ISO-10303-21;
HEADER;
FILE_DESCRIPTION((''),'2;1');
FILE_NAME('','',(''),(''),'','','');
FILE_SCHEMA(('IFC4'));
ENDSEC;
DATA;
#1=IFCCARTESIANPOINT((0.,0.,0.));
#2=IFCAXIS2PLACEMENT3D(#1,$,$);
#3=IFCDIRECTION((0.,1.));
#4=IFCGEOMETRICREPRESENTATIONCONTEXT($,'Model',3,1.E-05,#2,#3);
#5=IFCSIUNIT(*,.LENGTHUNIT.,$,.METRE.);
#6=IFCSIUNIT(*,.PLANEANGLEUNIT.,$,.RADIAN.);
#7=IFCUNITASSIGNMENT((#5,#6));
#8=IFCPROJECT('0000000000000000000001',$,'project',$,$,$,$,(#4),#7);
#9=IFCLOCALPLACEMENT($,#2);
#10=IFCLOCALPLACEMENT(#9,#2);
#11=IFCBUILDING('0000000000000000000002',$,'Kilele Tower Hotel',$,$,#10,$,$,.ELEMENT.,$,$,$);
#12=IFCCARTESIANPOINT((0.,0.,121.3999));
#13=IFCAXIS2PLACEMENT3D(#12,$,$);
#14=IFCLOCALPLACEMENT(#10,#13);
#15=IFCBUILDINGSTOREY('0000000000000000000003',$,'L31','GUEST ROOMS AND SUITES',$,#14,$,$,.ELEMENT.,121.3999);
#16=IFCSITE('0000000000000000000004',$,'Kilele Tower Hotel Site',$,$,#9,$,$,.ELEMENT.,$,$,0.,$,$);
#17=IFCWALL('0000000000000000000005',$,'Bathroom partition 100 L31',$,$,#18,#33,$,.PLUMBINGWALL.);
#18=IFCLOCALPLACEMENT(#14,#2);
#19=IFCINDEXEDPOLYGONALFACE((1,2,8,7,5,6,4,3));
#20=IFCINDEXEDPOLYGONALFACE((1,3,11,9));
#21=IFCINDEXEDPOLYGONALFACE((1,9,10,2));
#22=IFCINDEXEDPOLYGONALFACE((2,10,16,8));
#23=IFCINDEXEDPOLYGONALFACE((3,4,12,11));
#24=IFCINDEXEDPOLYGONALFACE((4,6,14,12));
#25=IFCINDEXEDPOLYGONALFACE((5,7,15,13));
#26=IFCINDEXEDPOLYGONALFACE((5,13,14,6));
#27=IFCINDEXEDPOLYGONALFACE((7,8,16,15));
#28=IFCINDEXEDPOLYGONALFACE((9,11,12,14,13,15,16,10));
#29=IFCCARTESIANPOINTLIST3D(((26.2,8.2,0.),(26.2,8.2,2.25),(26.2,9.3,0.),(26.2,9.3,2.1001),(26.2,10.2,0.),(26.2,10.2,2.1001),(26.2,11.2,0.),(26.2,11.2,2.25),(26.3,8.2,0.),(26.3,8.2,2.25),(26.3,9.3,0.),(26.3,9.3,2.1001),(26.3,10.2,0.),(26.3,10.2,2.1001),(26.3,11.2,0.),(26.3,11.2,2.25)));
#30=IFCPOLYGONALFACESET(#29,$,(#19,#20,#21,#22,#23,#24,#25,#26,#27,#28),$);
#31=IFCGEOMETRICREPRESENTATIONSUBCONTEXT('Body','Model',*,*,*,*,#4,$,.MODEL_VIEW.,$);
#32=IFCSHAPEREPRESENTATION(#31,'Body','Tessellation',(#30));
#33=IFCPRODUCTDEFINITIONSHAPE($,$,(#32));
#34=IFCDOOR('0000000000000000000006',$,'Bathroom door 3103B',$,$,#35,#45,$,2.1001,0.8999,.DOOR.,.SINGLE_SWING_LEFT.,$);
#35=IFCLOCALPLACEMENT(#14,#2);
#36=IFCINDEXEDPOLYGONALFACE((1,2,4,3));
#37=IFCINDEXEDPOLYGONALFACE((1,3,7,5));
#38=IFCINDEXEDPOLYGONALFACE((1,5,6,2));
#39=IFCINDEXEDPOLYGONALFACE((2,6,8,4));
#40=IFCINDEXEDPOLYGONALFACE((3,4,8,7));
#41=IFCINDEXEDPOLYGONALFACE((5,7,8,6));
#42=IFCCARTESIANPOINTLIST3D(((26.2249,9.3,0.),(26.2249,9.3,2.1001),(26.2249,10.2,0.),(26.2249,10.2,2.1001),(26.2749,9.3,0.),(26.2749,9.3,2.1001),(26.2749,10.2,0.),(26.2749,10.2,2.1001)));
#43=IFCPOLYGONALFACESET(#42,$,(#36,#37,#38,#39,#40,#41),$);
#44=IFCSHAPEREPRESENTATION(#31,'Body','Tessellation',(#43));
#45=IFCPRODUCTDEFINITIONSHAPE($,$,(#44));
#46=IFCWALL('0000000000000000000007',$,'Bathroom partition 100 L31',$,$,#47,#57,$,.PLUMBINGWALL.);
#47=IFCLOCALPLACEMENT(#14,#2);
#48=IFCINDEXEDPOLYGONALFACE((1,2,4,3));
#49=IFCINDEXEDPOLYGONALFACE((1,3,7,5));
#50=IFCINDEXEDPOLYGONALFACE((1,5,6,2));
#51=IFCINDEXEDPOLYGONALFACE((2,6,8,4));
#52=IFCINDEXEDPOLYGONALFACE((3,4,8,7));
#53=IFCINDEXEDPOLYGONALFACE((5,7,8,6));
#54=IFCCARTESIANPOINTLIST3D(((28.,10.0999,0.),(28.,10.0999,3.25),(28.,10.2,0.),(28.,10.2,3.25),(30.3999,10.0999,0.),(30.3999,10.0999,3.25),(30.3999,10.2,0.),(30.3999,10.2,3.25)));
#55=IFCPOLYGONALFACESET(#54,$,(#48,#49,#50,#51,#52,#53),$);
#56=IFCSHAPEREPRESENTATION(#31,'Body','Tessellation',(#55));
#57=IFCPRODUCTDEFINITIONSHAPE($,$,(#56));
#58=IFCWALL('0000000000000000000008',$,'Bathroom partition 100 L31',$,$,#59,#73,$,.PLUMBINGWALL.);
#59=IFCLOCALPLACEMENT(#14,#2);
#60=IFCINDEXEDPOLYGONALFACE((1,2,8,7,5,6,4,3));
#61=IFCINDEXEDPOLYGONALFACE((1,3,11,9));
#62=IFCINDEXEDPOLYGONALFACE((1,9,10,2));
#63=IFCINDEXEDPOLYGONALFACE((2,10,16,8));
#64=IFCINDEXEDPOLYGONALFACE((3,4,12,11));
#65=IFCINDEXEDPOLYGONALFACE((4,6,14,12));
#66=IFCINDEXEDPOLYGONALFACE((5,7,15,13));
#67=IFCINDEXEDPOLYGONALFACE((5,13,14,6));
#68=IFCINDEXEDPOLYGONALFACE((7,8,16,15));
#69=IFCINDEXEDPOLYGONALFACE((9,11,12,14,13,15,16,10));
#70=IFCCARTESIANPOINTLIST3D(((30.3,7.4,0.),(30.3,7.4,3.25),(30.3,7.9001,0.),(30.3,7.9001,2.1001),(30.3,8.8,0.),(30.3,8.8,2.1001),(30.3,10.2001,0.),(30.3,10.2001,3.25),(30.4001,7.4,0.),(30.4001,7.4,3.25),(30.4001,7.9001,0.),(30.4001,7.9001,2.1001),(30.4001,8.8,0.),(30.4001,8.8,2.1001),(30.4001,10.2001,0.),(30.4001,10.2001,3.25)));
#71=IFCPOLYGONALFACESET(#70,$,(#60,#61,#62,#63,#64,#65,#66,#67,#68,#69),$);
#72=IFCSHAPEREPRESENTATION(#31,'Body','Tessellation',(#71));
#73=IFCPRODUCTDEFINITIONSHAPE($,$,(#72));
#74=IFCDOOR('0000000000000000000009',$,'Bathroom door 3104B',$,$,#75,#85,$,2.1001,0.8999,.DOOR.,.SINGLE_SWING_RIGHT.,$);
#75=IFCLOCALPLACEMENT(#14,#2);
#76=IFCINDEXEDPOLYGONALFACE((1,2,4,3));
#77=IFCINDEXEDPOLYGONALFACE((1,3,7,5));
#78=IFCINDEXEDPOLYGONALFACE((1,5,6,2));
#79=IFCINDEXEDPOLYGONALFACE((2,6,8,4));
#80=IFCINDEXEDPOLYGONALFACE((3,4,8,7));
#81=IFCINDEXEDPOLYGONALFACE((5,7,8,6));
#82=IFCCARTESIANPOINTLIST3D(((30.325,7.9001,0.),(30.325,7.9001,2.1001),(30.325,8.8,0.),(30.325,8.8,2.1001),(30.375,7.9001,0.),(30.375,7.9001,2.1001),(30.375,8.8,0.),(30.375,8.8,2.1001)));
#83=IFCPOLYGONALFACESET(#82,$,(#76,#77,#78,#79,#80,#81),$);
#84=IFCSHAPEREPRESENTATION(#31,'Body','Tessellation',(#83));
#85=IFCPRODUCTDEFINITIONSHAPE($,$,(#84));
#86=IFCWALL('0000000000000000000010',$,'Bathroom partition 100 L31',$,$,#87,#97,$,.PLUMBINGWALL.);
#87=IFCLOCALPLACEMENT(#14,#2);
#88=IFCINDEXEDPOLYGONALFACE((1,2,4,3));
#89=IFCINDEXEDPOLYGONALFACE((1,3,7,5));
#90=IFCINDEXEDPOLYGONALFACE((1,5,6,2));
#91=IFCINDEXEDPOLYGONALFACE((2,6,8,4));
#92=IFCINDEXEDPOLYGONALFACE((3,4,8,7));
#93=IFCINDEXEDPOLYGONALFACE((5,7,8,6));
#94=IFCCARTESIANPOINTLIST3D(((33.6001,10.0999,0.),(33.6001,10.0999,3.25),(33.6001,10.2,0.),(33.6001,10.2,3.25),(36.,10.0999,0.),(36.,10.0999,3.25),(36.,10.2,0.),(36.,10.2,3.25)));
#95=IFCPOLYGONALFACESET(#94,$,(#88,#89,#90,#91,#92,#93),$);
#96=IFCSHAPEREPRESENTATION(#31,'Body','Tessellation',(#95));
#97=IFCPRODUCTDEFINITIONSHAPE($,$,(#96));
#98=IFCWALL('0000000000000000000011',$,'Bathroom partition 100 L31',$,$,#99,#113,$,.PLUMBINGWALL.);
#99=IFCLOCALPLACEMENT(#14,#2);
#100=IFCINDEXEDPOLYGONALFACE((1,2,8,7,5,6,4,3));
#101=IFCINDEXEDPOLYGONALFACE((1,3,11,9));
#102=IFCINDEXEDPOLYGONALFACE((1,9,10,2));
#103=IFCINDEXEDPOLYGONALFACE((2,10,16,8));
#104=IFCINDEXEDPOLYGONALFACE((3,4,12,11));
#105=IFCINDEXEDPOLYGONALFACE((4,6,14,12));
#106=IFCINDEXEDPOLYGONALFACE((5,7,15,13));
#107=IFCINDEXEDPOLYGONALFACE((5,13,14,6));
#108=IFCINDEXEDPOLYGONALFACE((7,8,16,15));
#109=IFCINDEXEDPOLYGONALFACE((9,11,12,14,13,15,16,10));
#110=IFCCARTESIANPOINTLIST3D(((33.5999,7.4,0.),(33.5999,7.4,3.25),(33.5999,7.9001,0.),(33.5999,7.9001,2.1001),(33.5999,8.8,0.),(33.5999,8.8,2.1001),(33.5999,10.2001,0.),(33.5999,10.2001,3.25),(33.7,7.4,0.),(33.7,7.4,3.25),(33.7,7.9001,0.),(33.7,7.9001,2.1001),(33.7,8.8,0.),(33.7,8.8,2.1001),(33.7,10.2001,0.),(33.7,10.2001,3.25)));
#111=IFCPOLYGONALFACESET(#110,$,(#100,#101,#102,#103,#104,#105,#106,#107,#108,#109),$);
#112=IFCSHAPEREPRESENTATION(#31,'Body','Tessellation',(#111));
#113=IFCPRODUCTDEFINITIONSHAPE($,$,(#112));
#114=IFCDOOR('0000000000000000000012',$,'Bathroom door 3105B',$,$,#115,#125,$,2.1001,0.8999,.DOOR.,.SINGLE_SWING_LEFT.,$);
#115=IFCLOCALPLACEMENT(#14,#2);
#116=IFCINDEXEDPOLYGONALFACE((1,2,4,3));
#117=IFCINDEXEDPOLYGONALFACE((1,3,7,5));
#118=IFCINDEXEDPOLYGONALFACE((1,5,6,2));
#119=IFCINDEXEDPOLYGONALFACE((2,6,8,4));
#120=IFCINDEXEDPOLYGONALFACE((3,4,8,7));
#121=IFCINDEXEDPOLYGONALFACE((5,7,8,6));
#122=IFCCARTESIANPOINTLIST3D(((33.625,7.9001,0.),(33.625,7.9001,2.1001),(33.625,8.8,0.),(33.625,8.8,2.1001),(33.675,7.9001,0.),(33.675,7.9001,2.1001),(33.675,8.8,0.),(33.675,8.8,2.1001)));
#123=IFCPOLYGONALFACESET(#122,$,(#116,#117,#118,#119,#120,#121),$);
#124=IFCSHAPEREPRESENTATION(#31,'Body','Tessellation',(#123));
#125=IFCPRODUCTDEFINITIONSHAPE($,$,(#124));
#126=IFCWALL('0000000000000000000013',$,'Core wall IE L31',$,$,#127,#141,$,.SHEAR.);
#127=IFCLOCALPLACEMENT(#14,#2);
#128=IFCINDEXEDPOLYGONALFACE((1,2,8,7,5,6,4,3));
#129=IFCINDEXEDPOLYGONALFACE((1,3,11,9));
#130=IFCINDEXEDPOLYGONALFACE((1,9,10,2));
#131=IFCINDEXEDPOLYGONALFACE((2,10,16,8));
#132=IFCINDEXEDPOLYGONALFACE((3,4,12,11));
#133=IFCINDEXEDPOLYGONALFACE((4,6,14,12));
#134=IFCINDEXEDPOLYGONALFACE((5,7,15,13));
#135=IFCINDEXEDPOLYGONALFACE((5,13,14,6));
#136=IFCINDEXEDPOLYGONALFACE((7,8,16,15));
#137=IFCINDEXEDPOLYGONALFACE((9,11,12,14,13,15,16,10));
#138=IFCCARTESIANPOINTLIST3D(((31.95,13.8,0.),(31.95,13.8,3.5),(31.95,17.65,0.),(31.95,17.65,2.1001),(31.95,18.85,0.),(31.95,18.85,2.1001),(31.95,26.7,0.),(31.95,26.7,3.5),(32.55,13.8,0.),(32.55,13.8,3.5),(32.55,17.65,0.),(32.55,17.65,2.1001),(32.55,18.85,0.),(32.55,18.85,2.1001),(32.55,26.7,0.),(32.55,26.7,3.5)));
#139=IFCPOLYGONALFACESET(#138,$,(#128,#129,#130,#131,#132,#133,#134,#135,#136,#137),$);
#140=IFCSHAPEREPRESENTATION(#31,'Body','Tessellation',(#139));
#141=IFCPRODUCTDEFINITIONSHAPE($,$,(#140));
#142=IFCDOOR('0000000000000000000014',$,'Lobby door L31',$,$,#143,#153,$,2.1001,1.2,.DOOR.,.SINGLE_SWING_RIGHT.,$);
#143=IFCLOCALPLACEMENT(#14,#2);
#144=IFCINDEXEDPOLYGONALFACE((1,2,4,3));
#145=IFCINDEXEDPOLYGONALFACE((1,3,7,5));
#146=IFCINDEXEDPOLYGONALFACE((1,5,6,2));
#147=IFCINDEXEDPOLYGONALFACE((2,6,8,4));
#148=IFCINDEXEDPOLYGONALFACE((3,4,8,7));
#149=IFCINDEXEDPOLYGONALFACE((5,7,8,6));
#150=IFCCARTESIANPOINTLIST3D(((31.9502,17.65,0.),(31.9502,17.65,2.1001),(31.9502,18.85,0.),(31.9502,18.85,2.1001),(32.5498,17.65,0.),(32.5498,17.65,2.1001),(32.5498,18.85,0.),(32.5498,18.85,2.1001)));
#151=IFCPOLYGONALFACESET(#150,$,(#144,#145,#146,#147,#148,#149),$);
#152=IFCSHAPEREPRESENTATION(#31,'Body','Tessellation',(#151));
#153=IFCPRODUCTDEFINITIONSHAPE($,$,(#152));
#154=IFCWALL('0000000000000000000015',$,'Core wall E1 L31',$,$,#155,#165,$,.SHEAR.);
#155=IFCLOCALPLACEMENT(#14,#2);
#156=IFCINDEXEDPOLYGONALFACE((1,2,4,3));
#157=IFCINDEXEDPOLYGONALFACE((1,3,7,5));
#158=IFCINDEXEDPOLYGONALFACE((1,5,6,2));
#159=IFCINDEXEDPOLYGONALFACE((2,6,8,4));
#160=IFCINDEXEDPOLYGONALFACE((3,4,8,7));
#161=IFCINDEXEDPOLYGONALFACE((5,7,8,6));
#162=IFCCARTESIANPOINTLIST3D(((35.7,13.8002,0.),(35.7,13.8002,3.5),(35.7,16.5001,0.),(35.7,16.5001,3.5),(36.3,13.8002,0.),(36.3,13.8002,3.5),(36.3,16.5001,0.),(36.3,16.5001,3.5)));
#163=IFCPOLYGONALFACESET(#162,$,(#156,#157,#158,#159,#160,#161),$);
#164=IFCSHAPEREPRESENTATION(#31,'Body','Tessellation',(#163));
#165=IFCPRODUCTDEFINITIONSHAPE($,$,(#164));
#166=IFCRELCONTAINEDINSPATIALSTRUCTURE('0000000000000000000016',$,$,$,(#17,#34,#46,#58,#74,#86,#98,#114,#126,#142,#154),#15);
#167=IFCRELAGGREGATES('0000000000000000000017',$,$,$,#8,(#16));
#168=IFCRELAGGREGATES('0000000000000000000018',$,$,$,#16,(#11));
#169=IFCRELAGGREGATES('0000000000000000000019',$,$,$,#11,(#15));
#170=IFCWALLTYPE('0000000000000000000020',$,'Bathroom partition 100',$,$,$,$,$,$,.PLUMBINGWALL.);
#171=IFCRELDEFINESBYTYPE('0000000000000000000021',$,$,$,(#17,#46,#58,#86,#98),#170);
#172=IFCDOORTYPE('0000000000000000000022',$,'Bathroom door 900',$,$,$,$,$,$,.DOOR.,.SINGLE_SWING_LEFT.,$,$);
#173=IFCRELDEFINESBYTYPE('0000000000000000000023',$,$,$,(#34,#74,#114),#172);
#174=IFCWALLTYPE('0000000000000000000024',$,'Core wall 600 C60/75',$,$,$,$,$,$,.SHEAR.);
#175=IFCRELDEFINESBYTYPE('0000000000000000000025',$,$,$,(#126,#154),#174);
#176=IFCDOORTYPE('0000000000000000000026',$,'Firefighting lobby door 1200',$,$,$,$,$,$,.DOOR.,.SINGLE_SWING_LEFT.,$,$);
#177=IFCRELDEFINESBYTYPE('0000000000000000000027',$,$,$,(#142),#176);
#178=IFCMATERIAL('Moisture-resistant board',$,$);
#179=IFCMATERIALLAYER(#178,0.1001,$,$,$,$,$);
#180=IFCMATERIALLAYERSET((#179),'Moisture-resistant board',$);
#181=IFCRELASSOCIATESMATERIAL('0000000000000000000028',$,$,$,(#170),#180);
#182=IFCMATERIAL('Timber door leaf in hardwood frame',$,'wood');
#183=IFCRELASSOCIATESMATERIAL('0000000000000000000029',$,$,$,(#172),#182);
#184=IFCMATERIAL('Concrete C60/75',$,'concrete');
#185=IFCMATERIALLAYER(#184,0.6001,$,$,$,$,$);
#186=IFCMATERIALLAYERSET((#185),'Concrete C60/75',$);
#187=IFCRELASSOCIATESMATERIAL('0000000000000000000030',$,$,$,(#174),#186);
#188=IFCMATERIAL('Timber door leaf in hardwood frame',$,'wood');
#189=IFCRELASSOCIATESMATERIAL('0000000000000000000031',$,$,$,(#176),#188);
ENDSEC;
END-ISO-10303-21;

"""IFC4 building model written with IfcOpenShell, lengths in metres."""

from ifc_helpers import new_model, si_unit, direction, frame, frame_2d, origin, place, context, subcontext, project, spatial, rectangle, extrude, material, layer, layer_set, type_object, element, fill, save


model = new_model("IFC4")

# Units and contexts
model_context = context("Model", 3, precision=1e-05, world=origin(), true_north=direction((0.0, 1.0)))
body_context = subcontext(model_context, "Body", "Model", "MODEL_VIEW")
ifc_project = project(units=[si_unit("LENGTHUNIT", "METRE"), si_unit("PLANEANGLEUNIT", "RADIAN")], contexts=[model_context])

# Site, building, storey
site_placement = place(None, origin())
site = spatial("IfcSite", under=ifc_project, at=site_placement, Name="Kilele Tower Hotel Site", CompositionType="ELEMENT", RefElevation=0.0)
building_placement = place(site_placement, origin())
building = spatial("IfcBuilding", under=site, at=building_placement, Name="Kilele Tower Hotel", CompositionType="ELEMENT")
storey_placement = place(building_placement, frame((0.0, 0.0, 121.3999)))
storey = spatial("IfcBuildingStorey", under=building, at=storey_placement, Name="L31", Description="GUEST ROOMS AND SUITES", CompositionType="ELEMENT", Elevation=121.3999)

# Wall, opening, door
ifc_material_1 = material(Name="Moisture-resistant board")
ifc_layer_1 = layer(ifc_material_1, 0.1001)
ifc_layer_set_1 = layer_set([ifc_layer_1], Name="Moisture-resistant board")
wall_type_1 = type_object("IfcWallType", Name="Bathroom partition 100", PredefinedType="PLUMBINGWALL", material=ifc_layer_set_1)
wall_1_placement = place(storey_placement, frame((26.25, 11.2, 0.0), z_axis=(0.0, 0.0, 1.0), x_axis=(0.0, -1.0, 0.0)))
wall_1 = element("IfcWall", 1, at=wall_1_placement, inside=storey, type_object=wall_type_1, Name="Bathroom partition 100 L31", PredefinedType="PLUMBINGWALL", context=body_context, shape_type="SweptSolid", body=[
    extrude(rectangle(XDim=3.0, YDim=0.1001, at=frame_2d((1.5, 0.0))), origin(), (0.0, 0.0, 1.0), 2.25),
])
opening_1_placement = place(wall_1_placement, frame((1.0, 0.0, 0.0)))
opening_1 = element("IfcOpeningElement", 2, at=opening_1_placement, cuts=wall_1, PredefinedType="OPENING", context=body_context, shape_type="SweptSolid", body=[
    extrude(rectangle(XDim=0.8999, YDim=2.1001, at=frame_2d((0.45, 1.05))), frame((0.0, 0.0601, 0.0), z_axis=(0.0, -1.0, 0.0), x_axis=(1.0, 0.0, 0.0)), (0.0, 0.0, 1.0), 0.1201),
])
ifc_material_2 = material(Name="Timber door leaf in hardwood frame", Category="wood")
door_type_1 = type_object("IfcDoorType", Name="Bathroom door 900", OperationType="SINGLE_SWING_LEFT", PredefinedType="DOOR", material=ifc_material_2)
door_1_placement = place(opening_1_placement, origin())
door_1 = element("IfcDoor", 3, at=door_1_placement, inside=storey, type_object=door_type_1, Name="Bathroom door 3103B", OperationType="SINGLE_SWING_LEFT", OverallHeight=2.1001, OverallWidth=0.8999, PredefinedType="DOOR", context=body_context, shape_type="SweptSolid", body=[
    extrude(rectangle(XDim=0.8999, YDim=2.1001, at=frame_2d((0.45, 1.05))), frame((0.0, 0.0249, 0.0), z_axis=(0.0, -1.0, 0.0), x_axis=(1.0, 0.0, 0.0)), (0.0, 0.0, 1.0), 0.05),
])
fill(opening_1, door_1)

# Wall
wall_2_placement = place(storey_placement, frame((28.0, 10.1499, 0.0), z_axis=(0.0, 0.0, 1.0), x_axis=(1.0, 0.0, 0.0)))
element("IfcWall", 4, at=wall_2_placement, inside=storey, type_object=wall_type_1, Name="Bathroom partition 100 L31", PredefinedType="PLUMBINGWALL", context=body_context, shape_type="SweptSolid", body=[
    extrude(rectangle(XDim=2.3999, YDim=0.1001, at=frame_2d((1.2, 0.0))), origin(), (0.0, 0.0, 1.0), 3.25),
])

# Wall, opening, door
wall_3_placement = place(storey_placement, frame((30.3501, 10.2, 0.0), z_axis=(0.0, 0.0, 1.0), x_axis=(0.0, -1.0, 0.0)))
wall_3 = element("IfcWall", 5, at=wall_3_placement, inside=storey, type_object=wall_type_1, Name="Bathroom partition 100 L31", PredefinedType="PLUMBINGWALL", context=body_context, shape_type="SweptSolid", body=[
    extrude(rectangle(XDim=2.8, YDim=0.1001, at=frame_2d((1.3999, 0.0))), origin(), (0.0, 0.0, 1.0), 3.25),
])
opening_2_placement = place(wall_3_placement, frame((1.3999, 0.0, 0.0)))
opening_2 = element("IfcOpeningElement", 6, at=opening_2_placement, cuts=wall_3, PredefinedType="OPENING", context=body_context, shape_type="SweptSolid", body=[
    extrude(rectangle(XDim=0.8999, YDim=2.1001, at=frame_2d((0.45, 1.05))), frame((0.0, 0.0601, 0.0), z_axis=(0.0, -1.0, 0.0), x_axis=(1.0, 0.0, 0.0)), (0.0, 0.0, 1.0), 0.1201),
])
door_2_placement = place(opening_2_placement, origin())
door_2 = element("IfcDoor", 7, at=door_2_placement, inside=storey, type_object=door_type_1, Name="Bathroom door 3104B", OperationType="SINGLE_SWING_RIGHT", OverallHeight=2.1001, OverallWidth=0.8999, PredefinedType="DOOR", context=body_context, shape_type="SweptSolid", body=[
    extrude(rectangle(XDim=0.8999, YDim=2.1001, at=frame_2d((0.45, 1.05))), frame((0.0, 0.0249, 0.0), z_axis=(0.0, -1.0, 0.0), x_axis=(1.0, 0.0, 0.0)), (0.0, 0.0, 1.0), 0.05),
])
fill(opening_2, door_2)

# Wall
wall_4_placement = place(storey_placement, frame((33.6001, 10.1499, 0.0), z_axis=(0.0, 0.0, 1.0), x_axis=(1.0, 0.0, 0.0)))
element("IfcWall", 8, at=wall_4_placement, inside=storey, type_object=wall_type_1, Name="Bathroom partition 100 L31", PredefinedType="PLUMBINGWALL", context=body_context, shape_type="SweptSolid", body=[
    extrude(rectangle(XDim=2.3999, YDim=0.1001, at=frame_2d((1.2, 0.0))), origin(), (0.0, 0.0, 1.0), 3.25),
])

# Walls, openings, doors
wall_5_placement = place(storey_placement, frame((33.6499, 10.2, 0.0), z_axis=(0.0, 0.0, 1.0), x_axis=(0.0, -1.0, 0.0)))
wall_5 = element("IfcWall", 9, at=wall_5_placement, inside=storey, type_object=wall_type_1, Name="Bathroom partition 100 L31", PredefinedType="PLUMBINGWALL", context=body_context, shape_type="SweptSolid", body=[
    extrude(rectangle(XDim=2.8, YDim=0.1001, at=frame_2d((1.3999, 0.0))), origin(), (0.0, 0.0, 1.0), 3.25),
])
opening_3_placement = place(wall_5_placement, frame((2.2998, 0.0, 0.0), z_axis=(0.0, 0.0, 1.0), x_axis=(-1.0, 0.0, 0.0)))
opening_3 = element("IfcOpeningElement", 10, at=opening_3_placement, cuts=wall_5, PredefinedType="OPENING", context=body_context, shape_type="SweptSolid", body=[
    extrude(rectangle(XDim=0.8999, YDim=2.1001, at=frame_2d((0.45, 1.05))), frame((0.0, 0.0601, 0.0), z_axis=(0.0, -1.0, 0.0), x_axis=(1.0, 0.0, 0.0)), (0.0, 0.0, 1.0), 0.1201),
])
door_3_placement = place(opening_3_placement, origin())
door_3 = element("IfcDoor", 11, at=door_3_placement, inside=storey, type_object=door_type_1, Name="Bathroom door 3105B", OperationType="SINGLE_SWING_LEFT", OverallHeight=2.1001, OverallWidth=0.8999, PredefinedType="DOOR", context=body_context, shape_type="SweptSolid", body=[
    extrude(rectangle(XDim=0.8999, YDim=2.1001, at=frame_2d((0.45, 1.05))), frame((0.0, 0.0249, 0.0), z_axis=(0.0, -1.0, 0.0), x_axis=(1.0, 0.0, 0.0)), (0.0, 0.0, 1.0), 0.05),
])
fill(opening_3, door_3)
ifc_material_3 = material(Name="Concrete C60/75", Category="concrete")
ifc_layer_2 = layer(ifc_material_3, 0.6001)
ifc_layer_set_2 = layer_set([ifc_layer_2], Name="Concrete C60/75")
wall_type_2 = type_object("IfcWallType", Name="Core wall 600 C60/75", PredefinedType="SHEAR", material=ifc_layer_set_2)
wall_6_placement = place(storey_placement, frame((32.25, 13.8, 0.0), z_axis=(0.0, 0.0, 1.0), x_axis=(0.0, 1.0, 0.0)))
wall_6 = element("IfcWall", 12, at=wall_6_placement, inside=storey, type_object=wall_type_2, Name="Core wall IE L31", PredefinedType="SHEAR", context=body_context, shape_type="SweptSolid", body=[
    extrude(rectangle(XDim=12.8999, YDim=0.6001, at=frame_2d((6.45, 0.0))), origin(), (0.0, 0.0, 1.0), 3.5),
])
opening_4_placement = place(wall_6_placement, frame((5.05, 0.0, 0.0), z_axis=(0.0, 0.0, 1.0), x_axis=(-1.0, 0.0, 0.0)))
opening_4 = element("IfcOpeningElement", 13, at=opening_4_placement, cuts=wall_6, PredefinedType="OPENING", context=body_context, shape_type="SweptSolid", body=[
    extrude(rectangle(XDim=1.2, YDim=2.1001, at=frame_2d((0.6001, 1.05))), frame((0.0, 0.3101, 0.0), z_axis=(0.0, -1.0, 0.0), x_axis=(1.0, 0.0, 0.0)), (0.0, 0.0, 1.0), 0.6201),
])
ifc_material_4 = material(Name="Timber door leaf in hardwood frame", Category="wood")
door_type_2 = type_object("IfcDoorType", Name="Firefighting lobby door 1200", OperationType="SINGLE_SWING_LEFT", PredefinedType="DOOR", material=ifc_material_4)
door_4_placement = place(opening_4_placement, origin())
door_4 = element("IfcDoor", 14, at=door_4_placement, inside=storey, type_object=door_type_2, Name="Lobby door L31", OperationType="SINGLE_SWING_RIGHT", OverallHeight=2.1001, OverallWidth=1.2, PredefinedType="DOOR", context=body_context, shape_type="SweptSolid", body=[
    extrude(rectangle(XDim=1.2, YDim=2.1001, at=frame_2d((0.6001, 1.05))), frame((0.0, 0.2998, 0.0), z_axis=(0.0, -1.0, 0.0), x_axis=(1.0, 0.0, 0.0)), (0.0, 0.0, 1.0), 0.5996),
])
fill(opening_4, door_4)

# Wall
wall_7_placement = place(storey_placement, frame((36.0, 13.8, 0.0), z_axis=(0.0, 0.0, 1.0), x_axis=(0.0, 1.0, 0.0)))
element("IfcWall", 15, at=wall_7_placement, inside=storey, type_object=wall_type_2, Name="Core wall E1 L31", PredefinedType="SHEAR", context=body_context, shape_type="SweptSolid", body=[
    extrude(rectangle(XDim=2.7, YDim=0.6001, at=frame_2d((1.3501, 0.0))), origin(), (0.0, 0.0, 1.0), 3.5),
])

save(model, "model.ifc")
